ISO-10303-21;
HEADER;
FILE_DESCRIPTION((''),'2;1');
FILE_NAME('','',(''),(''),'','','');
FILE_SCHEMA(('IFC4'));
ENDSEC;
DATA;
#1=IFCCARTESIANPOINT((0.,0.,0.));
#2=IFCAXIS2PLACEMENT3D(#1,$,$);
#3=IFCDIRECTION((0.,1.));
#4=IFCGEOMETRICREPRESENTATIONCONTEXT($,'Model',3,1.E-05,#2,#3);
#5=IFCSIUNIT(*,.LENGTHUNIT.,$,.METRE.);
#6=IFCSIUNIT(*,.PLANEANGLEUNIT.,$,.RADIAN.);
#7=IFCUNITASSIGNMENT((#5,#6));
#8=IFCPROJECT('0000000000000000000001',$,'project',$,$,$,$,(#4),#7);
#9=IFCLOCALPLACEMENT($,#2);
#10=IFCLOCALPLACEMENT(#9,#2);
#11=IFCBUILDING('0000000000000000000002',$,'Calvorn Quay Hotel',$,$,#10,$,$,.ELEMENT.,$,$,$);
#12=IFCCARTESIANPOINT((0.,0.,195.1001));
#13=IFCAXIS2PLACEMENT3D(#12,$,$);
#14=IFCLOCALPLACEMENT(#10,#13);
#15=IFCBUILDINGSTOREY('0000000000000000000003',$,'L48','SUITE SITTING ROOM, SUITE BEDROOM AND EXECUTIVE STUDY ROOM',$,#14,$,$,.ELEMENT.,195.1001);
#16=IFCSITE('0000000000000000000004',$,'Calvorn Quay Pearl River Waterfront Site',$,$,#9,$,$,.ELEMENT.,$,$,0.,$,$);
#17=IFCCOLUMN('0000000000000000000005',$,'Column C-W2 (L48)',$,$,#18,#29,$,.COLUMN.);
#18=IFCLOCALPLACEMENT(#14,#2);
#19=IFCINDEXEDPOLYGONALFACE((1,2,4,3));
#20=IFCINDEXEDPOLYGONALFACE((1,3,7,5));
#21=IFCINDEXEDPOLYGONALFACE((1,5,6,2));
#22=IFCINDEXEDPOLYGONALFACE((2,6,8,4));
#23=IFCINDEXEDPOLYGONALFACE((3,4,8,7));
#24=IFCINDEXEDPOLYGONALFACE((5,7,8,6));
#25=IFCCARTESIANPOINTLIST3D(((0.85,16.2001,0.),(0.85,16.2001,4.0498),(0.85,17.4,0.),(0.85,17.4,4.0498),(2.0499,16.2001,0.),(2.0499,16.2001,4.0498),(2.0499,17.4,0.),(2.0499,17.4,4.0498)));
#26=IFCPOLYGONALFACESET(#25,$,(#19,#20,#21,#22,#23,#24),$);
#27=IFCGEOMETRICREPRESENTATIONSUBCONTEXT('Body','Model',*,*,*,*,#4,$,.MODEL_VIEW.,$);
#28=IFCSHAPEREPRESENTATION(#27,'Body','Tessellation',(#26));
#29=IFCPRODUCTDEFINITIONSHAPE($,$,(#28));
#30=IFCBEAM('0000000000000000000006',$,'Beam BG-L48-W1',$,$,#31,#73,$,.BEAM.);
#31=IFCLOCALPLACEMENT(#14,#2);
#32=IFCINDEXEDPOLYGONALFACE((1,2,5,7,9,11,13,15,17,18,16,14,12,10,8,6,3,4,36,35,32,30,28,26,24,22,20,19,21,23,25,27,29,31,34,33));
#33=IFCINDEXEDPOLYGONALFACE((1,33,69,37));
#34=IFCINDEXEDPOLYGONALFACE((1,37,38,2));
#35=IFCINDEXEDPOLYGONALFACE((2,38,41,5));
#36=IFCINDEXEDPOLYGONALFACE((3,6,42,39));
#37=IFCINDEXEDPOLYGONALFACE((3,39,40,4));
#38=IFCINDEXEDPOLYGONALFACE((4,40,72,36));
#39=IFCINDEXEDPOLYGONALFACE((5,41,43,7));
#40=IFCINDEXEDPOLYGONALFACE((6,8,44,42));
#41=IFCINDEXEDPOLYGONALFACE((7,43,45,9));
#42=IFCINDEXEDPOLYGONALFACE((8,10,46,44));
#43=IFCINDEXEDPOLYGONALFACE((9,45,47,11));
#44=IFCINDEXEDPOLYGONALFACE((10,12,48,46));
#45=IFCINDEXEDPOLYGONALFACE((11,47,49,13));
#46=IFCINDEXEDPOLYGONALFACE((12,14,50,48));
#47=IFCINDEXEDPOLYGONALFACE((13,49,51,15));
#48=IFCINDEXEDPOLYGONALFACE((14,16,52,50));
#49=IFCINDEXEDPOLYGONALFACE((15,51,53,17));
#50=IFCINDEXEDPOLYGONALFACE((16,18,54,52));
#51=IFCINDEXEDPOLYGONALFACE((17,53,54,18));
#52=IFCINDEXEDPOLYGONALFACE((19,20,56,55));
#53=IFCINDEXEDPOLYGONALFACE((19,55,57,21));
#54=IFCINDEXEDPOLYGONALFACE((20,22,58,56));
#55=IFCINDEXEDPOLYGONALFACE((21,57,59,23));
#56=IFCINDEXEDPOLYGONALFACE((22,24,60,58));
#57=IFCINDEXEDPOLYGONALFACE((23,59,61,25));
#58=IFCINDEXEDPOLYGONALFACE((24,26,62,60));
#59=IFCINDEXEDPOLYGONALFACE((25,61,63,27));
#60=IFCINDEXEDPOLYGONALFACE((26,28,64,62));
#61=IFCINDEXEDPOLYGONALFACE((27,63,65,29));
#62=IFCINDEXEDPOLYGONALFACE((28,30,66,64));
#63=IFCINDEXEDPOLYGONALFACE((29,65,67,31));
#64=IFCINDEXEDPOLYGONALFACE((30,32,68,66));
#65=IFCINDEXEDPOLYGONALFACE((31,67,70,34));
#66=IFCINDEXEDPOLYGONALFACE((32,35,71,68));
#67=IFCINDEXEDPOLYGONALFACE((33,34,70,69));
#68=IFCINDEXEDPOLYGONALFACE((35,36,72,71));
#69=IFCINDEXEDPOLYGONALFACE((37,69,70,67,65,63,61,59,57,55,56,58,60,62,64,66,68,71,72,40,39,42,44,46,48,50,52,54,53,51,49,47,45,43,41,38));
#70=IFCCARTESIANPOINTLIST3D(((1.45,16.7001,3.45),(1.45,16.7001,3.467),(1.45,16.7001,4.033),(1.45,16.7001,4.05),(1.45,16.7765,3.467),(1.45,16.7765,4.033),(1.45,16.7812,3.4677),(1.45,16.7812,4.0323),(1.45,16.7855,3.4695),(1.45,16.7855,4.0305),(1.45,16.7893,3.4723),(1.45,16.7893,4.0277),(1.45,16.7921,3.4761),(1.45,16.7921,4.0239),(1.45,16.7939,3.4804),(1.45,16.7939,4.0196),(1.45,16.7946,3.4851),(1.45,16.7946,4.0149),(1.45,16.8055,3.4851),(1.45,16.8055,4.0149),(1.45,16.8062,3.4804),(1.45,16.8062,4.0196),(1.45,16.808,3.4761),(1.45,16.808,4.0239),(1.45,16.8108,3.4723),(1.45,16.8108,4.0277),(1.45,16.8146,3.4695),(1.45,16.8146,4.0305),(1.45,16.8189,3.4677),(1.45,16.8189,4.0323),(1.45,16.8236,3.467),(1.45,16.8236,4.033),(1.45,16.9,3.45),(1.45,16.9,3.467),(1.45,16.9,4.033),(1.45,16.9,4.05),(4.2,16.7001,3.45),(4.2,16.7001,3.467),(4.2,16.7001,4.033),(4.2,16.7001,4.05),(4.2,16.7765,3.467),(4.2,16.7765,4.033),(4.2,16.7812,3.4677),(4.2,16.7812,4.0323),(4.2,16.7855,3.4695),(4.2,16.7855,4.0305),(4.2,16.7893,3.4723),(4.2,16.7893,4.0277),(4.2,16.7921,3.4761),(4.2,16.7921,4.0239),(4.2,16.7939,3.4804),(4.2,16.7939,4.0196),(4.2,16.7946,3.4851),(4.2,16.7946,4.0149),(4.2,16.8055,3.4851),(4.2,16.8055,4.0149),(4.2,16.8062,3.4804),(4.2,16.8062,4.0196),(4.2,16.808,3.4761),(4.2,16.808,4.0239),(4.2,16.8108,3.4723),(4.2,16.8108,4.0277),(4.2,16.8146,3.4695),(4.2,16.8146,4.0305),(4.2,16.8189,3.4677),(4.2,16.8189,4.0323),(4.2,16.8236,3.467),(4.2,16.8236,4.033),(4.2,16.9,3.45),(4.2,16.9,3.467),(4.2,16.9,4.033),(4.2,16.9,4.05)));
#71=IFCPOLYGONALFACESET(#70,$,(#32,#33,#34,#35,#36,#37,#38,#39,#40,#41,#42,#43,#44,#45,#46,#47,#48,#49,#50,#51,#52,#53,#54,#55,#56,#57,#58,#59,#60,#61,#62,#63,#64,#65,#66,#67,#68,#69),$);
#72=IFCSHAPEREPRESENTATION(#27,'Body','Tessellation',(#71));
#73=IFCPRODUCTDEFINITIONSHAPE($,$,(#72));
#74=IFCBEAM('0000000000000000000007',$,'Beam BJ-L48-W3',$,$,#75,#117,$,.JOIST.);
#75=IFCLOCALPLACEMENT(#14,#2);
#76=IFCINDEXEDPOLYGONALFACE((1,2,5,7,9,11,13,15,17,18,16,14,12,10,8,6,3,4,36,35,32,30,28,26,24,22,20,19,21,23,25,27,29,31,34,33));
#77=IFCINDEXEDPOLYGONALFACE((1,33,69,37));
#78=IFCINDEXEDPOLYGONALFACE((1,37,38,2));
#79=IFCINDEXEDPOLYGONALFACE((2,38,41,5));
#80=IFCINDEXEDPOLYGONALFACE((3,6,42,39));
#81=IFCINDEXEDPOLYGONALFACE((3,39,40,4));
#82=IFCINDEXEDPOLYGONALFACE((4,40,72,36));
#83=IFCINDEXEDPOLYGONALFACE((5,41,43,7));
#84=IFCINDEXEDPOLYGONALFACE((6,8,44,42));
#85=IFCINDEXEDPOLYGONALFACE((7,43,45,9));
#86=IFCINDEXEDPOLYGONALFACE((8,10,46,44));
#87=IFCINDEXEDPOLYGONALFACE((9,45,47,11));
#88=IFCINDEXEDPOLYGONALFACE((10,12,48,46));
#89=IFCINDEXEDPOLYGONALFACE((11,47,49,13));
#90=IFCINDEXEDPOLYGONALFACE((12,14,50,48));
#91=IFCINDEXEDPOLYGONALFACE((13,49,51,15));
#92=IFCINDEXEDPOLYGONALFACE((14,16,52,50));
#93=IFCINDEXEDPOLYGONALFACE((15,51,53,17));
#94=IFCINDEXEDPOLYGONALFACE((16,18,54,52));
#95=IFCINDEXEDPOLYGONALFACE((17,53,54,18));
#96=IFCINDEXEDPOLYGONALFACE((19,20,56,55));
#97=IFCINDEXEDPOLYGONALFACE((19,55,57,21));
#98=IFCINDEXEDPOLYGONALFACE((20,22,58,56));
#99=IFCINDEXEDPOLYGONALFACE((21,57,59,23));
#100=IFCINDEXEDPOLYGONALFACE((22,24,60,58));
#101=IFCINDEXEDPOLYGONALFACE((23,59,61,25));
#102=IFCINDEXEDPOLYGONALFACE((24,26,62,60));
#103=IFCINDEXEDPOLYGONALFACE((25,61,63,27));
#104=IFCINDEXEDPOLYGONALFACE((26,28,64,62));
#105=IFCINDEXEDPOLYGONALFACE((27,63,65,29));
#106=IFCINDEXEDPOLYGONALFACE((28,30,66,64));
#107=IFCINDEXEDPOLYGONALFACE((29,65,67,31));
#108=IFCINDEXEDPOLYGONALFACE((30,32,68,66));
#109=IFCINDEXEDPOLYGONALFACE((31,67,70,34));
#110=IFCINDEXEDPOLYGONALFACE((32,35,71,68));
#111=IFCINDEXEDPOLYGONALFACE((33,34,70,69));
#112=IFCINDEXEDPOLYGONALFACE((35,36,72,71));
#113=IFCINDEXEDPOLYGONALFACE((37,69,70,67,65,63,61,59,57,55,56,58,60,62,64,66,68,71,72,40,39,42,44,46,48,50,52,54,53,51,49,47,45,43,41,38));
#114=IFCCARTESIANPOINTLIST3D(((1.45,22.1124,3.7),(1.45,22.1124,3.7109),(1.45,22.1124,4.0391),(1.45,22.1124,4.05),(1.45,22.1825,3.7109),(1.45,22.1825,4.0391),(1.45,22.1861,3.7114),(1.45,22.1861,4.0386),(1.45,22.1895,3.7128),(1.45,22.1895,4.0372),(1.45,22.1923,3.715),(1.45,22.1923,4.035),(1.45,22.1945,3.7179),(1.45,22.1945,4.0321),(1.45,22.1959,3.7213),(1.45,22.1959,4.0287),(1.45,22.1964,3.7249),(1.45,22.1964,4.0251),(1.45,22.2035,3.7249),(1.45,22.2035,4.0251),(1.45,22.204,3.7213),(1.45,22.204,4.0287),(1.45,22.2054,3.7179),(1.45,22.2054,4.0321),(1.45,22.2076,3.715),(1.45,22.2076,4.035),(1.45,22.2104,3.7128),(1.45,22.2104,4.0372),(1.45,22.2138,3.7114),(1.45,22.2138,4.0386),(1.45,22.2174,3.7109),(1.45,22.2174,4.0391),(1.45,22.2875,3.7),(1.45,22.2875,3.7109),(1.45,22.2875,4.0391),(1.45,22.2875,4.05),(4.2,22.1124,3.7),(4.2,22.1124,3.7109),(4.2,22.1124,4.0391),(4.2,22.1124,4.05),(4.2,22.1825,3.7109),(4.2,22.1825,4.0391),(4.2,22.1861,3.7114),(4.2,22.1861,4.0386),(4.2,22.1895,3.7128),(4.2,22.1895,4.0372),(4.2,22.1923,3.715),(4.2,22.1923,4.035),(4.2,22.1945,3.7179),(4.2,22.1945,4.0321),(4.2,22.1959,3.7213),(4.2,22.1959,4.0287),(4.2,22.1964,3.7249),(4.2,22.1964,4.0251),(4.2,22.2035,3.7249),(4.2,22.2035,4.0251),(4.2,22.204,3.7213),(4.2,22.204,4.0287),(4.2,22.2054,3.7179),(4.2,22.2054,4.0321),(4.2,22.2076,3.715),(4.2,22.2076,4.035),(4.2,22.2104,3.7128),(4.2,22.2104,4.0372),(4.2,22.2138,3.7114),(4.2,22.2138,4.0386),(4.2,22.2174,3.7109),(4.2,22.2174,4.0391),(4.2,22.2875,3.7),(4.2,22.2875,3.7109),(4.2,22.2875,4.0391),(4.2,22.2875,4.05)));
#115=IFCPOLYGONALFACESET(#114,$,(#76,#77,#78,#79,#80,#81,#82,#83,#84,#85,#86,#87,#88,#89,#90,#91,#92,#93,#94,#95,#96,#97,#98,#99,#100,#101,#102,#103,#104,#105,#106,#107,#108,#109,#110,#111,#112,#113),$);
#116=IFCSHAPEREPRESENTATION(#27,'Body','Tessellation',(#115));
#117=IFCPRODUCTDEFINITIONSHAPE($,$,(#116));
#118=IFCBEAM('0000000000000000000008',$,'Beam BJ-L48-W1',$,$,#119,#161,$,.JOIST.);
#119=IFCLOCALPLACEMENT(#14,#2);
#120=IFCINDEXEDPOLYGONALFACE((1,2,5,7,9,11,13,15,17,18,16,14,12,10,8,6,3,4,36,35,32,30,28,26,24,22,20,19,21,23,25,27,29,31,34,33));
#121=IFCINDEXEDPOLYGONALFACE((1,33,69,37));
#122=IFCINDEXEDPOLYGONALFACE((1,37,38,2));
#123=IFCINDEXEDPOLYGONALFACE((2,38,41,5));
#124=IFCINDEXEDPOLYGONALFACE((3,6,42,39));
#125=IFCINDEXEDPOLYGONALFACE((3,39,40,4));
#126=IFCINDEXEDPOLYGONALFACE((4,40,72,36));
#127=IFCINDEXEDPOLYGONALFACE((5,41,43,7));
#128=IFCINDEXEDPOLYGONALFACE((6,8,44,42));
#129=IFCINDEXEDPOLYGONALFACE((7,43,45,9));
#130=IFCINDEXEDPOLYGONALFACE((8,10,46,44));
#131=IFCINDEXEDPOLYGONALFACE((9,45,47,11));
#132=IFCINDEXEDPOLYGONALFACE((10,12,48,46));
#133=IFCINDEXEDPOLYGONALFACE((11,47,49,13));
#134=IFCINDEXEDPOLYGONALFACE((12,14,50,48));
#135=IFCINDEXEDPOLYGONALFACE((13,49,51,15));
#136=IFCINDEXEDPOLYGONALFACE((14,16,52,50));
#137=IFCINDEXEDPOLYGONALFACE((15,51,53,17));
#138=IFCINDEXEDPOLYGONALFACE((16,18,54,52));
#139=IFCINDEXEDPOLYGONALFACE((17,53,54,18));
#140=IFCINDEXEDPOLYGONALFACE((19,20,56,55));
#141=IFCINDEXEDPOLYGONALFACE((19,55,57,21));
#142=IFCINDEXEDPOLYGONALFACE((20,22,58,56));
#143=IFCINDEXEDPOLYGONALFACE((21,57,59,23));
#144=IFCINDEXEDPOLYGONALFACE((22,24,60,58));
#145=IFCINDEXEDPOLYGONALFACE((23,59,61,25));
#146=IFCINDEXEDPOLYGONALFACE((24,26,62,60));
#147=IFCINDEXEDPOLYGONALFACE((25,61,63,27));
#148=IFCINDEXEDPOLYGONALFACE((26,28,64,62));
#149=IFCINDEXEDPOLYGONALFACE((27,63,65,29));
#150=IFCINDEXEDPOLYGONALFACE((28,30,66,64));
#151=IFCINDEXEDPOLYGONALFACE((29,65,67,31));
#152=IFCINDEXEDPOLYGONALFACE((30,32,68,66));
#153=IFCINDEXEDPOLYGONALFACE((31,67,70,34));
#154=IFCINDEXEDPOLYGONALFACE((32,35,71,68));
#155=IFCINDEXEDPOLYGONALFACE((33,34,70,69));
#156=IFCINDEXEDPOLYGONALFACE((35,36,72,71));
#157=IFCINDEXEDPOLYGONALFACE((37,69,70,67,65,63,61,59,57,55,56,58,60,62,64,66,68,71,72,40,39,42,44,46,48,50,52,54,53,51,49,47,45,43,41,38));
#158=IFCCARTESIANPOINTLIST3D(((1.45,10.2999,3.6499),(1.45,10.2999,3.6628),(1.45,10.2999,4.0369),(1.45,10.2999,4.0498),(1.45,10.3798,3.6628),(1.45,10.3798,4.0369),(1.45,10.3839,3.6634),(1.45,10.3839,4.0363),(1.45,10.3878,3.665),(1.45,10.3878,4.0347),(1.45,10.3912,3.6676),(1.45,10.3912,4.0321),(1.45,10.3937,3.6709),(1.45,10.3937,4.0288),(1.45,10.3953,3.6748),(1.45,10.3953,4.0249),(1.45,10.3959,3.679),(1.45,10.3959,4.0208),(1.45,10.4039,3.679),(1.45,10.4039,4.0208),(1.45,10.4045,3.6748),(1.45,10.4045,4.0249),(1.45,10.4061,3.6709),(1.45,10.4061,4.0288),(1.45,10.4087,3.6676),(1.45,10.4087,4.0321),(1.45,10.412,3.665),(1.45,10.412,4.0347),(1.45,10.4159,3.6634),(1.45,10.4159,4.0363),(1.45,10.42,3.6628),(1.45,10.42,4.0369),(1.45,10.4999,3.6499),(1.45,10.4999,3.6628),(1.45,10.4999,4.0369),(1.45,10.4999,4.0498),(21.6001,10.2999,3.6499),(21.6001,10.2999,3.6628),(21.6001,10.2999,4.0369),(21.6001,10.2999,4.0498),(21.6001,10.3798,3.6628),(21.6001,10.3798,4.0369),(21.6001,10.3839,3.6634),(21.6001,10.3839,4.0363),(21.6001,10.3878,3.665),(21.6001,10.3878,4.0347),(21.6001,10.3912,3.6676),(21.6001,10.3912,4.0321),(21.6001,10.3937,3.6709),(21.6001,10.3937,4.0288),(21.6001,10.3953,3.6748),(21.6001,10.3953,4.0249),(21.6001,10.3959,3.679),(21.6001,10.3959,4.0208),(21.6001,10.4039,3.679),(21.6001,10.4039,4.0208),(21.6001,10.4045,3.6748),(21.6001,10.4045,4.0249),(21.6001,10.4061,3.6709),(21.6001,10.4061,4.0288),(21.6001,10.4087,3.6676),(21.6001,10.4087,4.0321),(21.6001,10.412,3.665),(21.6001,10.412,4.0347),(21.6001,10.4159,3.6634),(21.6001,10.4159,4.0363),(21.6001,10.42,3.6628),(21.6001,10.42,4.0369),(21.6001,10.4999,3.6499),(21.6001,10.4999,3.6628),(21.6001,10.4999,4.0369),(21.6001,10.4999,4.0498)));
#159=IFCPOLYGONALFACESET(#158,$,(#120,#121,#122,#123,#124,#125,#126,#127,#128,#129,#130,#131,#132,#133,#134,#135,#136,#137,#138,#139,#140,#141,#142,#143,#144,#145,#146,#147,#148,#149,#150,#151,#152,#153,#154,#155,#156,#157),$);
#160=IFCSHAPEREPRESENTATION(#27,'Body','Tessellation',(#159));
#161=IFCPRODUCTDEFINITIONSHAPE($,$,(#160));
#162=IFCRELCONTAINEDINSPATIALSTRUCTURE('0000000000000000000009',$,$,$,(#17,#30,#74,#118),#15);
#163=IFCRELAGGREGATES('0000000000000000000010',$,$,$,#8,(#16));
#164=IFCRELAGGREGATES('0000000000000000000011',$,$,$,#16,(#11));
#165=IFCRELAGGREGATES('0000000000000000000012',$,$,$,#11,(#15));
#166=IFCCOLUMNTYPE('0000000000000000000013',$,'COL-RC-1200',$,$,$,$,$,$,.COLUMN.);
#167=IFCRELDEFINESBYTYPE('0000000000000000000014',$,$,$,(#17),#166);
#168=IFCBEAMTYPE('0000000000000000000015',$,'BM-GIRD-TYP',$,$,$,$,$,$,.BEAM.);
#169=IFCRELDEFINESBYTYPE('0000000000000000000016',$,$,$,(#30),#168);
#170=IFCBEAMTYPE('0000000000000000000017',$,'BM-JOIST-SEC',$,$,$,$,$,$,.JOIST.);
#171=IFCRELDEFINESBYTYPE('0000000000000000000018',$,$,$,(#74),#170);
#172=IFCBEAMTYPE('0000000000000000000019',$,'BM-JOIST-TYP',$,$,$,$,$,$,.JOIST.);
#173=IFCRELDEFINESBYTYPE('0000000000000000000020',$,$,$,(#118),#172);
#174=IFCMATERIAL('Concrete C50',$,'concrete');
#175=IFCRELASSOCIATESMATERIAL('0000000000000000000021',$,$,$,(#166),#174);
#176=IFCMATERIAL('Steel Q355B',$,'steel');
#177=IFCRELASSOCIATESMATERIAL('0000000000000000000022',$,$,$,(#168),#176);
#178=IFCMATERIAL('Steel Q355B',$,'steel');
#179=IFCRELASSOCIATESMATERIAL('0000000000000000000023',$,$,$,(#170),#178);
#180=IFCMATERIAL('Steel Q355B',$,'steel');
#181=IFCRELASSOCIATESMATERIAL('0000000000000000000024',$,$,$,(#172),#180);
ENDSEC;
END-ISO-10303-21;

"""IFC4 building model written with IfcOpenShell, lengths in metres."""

from ifc_helpers import new_model, si_unit, direction, frame, origin, origin_2d, place, context, subcontext, project, spatial, rectangle, i_section, extrude, material, material_profile, profile_set, type_object, element, save


model = new_model("IFC4")

# Units and contexts
model_context = context("Model", 3, precision=1e-05, world=origin(), true_north=direction((0.0, 1.0)))
body_context = subcontext(model_context, "Body", "Model", "MODEL_VIEW")
ifc_project = project(units=[si_unit("LENGTHUNIT", "METRE"), si_unit("PLANEANGLEUNIT", "RADIAN")], contexts=[model_context])

# Site, building, storey
site_placement = place(None, origin())
site = spatial("IfcSite", under=ifc_project, at=site_placement, Name="Calvorn Quay Pearl River Waterfront Site", CompositionType="ELEMENT", RefElevation=0.0)
building_placement = place(site_placement, origin())
building = spatial("IfcBuilding", under=site, at=building_placement, Name="Calvorn Quay Hotel", CompositionType="ELEMENT")
storey_placement = place(building_placement, frame((0.0, 0.0, 195.1001)))
storey = spatial("IfcBuildingStorey", under=building, at=storey_placement, Name="L48", Description="SUITE SITTING ROOM, SUITE BEDROOM AND EXECUTIVE STUDY ROOM", CompositionType="ELEMENT", Elevation=195.1001)

# Column
ifc_material_1 = material(Name="Concrete C50", Category="concrete")
ifc_material_profile_1 = material_profile(ifc_material_1, rectangle(XDim=1.2, YDim=1.2, at=origin_2d()), Name="RC1200x1200")
ifc_profile_set_1 = profile_set([ifc_material_profile_1], Name="Concrete C50")
column_type = type_object("IfcColumnType", Name="COL-RC-1200", PredefinedType="COLUMN", material=ifc_profile_set_1)
column_placement = place(storey_placement, frame((1.45, 16.8, 0.0), z_axis=(0.0, 0.0, 1.0), x_axis=(1.0, 0.0, 0.0)))
element("IfcColumn", 1, at=column_placement, inside=storey, type_object=column_type, Name="Column C-W2 (L48)", PredefinedType="COLUMN", context=body_context, shape_type="SweptSolid", body=[
    extrude(rectangle(XDim=1.2, YDim=1.2, at=origin_2d()), origin(), (0.0, 0.0, 1.0), 4.0498),
])

# Beams
ifc_material_2 = material(Name="Steel Q355B", Category="steel")
ifc_material_profile_2 = material_profile(ifc_material_2, i_section(OverallWidth=0.2, OverallDepth=0.6001, WebThickness=0.011, FlangeThickness=0.0171, FilletRadius=0.0181, at=origin_2d()), Name="HN600x200x11x17")
ifc_profile_set_2 = profile_set([ifc_material_profile_2], Name="Steel Q355B")
beam_type_1 = type_object("IfcBeamType", Name="BM-GIRD-TYP", PredefinedType="BEAM", material=ifc_profile_set_2)
beam_1_placement = place(storey_placement, frame((1.45, 16.8, 3.75), z_axis=(1.0, 0.0, 0.0), x_axis=(0.0, 1.0, 0.0)))
element("IfcBeam", 2, at=beam_1_placement, inside=storey, type_object=beam_type_1, Name="Beam BG-L48-W1", PredefinedType="BEAM", context=body_context, shape_type="SweptSolid", body=[
    extrude(i_section(OverallWidth=0.2, OverallDepth=0.6001, WebThickness=0.011, FlangeThickness=0.0171, FilletRadius=0.0181, at=origin_2d()), origin(), (0.0, 0.0, 1.0), 2.75),
])
ifc_material_3 = material(Name="Steel Q355B", Category="steel")
ifc_material_profile_3 = material_profile(ifc_material_3, i_section(OverallWidth=0.175, OverallDepth=0.3501, WebThickness=0.0071, FlangeThickness=0.011, FilletRadius=0.0139, at=origin_2d()), Name="HN350x175x7x11")
ifc_profile_set_3 = profile_set([ifc_material_profile_3], Name="Steel Q355B")
beam_type_2 = type_object("IfcBeamType", Name="BM-JOIST-SEC", PredefinedType="JOIST", material=ifc_profile_set_3)
beam_2_placement = place(storey_placement, frame((1.45, 22.2, 3.875), z_axis=(1.0, 0.0, 0.0), x_axis=(0.0, 1.0, 0.0)))
element("IfcBeam", 3, at=beam_2_placement, inside=storey, type_object=beam_type_2, Name="Beam BJ-L48-W3", PredefinedType="JOIST", context=body_context, shape_type="SweptSolid", body=[
    extrude(i_section(OverallWidth=0.175, OverallDepth=0.3501, WebThickness=0.0071, FlangeThickness=0.011, FilletRadius=0.0139, at=origin_2d()), origin(), (0.0, 0.0, 1.0), 2.75),
])
ifc_material_4 = material(Name="Steel Q355B", Category="steel")
ifc_material_profile_4 = material_profile(ifc_material_4, i_section(OverallWidth=0.2, OverallDepth=0.3999, WebThickness=0.0081, FlangeThickness=0.0129, FilletRadius=0.0161, at=origin_2d()), Name="HN400x200x8x13")
ifc_profile_set_4 = profile_set([ifc_material_profile_4], Name="Steel Q355B")
beam_type_3 = type_object("IfcBeamType", Name="BM-JOIST-TYP", PredefinedType="JOIST", material=ifc_profile_set_4)
beam_3_placement = place(storey_placement, frame((1.45, 10.3999, 3.8499), z_axis=(1.0, 0.0, 0.0), x_axis=(0.0, 1.0, 0.0)))
element("IfcBeam", 4, at=beam_3_placement, inside=storey, type_object=beam_type_3, Name="Beam BJ-L48-W1", PredefinedType="JOIST", context=body_context, shape_type="SweptSolid", body=[
    extrude(i_section(OverallWidth=0.2, OverallDepth=0.3999, WebThickness=0.0081, FlangeThickness=0.0129, FilletRadius=0.0161, at=origin_2d()), origin(), (0.0, 0.0, 1.0), 20.1501),
])

save(model, "model.ifc")
